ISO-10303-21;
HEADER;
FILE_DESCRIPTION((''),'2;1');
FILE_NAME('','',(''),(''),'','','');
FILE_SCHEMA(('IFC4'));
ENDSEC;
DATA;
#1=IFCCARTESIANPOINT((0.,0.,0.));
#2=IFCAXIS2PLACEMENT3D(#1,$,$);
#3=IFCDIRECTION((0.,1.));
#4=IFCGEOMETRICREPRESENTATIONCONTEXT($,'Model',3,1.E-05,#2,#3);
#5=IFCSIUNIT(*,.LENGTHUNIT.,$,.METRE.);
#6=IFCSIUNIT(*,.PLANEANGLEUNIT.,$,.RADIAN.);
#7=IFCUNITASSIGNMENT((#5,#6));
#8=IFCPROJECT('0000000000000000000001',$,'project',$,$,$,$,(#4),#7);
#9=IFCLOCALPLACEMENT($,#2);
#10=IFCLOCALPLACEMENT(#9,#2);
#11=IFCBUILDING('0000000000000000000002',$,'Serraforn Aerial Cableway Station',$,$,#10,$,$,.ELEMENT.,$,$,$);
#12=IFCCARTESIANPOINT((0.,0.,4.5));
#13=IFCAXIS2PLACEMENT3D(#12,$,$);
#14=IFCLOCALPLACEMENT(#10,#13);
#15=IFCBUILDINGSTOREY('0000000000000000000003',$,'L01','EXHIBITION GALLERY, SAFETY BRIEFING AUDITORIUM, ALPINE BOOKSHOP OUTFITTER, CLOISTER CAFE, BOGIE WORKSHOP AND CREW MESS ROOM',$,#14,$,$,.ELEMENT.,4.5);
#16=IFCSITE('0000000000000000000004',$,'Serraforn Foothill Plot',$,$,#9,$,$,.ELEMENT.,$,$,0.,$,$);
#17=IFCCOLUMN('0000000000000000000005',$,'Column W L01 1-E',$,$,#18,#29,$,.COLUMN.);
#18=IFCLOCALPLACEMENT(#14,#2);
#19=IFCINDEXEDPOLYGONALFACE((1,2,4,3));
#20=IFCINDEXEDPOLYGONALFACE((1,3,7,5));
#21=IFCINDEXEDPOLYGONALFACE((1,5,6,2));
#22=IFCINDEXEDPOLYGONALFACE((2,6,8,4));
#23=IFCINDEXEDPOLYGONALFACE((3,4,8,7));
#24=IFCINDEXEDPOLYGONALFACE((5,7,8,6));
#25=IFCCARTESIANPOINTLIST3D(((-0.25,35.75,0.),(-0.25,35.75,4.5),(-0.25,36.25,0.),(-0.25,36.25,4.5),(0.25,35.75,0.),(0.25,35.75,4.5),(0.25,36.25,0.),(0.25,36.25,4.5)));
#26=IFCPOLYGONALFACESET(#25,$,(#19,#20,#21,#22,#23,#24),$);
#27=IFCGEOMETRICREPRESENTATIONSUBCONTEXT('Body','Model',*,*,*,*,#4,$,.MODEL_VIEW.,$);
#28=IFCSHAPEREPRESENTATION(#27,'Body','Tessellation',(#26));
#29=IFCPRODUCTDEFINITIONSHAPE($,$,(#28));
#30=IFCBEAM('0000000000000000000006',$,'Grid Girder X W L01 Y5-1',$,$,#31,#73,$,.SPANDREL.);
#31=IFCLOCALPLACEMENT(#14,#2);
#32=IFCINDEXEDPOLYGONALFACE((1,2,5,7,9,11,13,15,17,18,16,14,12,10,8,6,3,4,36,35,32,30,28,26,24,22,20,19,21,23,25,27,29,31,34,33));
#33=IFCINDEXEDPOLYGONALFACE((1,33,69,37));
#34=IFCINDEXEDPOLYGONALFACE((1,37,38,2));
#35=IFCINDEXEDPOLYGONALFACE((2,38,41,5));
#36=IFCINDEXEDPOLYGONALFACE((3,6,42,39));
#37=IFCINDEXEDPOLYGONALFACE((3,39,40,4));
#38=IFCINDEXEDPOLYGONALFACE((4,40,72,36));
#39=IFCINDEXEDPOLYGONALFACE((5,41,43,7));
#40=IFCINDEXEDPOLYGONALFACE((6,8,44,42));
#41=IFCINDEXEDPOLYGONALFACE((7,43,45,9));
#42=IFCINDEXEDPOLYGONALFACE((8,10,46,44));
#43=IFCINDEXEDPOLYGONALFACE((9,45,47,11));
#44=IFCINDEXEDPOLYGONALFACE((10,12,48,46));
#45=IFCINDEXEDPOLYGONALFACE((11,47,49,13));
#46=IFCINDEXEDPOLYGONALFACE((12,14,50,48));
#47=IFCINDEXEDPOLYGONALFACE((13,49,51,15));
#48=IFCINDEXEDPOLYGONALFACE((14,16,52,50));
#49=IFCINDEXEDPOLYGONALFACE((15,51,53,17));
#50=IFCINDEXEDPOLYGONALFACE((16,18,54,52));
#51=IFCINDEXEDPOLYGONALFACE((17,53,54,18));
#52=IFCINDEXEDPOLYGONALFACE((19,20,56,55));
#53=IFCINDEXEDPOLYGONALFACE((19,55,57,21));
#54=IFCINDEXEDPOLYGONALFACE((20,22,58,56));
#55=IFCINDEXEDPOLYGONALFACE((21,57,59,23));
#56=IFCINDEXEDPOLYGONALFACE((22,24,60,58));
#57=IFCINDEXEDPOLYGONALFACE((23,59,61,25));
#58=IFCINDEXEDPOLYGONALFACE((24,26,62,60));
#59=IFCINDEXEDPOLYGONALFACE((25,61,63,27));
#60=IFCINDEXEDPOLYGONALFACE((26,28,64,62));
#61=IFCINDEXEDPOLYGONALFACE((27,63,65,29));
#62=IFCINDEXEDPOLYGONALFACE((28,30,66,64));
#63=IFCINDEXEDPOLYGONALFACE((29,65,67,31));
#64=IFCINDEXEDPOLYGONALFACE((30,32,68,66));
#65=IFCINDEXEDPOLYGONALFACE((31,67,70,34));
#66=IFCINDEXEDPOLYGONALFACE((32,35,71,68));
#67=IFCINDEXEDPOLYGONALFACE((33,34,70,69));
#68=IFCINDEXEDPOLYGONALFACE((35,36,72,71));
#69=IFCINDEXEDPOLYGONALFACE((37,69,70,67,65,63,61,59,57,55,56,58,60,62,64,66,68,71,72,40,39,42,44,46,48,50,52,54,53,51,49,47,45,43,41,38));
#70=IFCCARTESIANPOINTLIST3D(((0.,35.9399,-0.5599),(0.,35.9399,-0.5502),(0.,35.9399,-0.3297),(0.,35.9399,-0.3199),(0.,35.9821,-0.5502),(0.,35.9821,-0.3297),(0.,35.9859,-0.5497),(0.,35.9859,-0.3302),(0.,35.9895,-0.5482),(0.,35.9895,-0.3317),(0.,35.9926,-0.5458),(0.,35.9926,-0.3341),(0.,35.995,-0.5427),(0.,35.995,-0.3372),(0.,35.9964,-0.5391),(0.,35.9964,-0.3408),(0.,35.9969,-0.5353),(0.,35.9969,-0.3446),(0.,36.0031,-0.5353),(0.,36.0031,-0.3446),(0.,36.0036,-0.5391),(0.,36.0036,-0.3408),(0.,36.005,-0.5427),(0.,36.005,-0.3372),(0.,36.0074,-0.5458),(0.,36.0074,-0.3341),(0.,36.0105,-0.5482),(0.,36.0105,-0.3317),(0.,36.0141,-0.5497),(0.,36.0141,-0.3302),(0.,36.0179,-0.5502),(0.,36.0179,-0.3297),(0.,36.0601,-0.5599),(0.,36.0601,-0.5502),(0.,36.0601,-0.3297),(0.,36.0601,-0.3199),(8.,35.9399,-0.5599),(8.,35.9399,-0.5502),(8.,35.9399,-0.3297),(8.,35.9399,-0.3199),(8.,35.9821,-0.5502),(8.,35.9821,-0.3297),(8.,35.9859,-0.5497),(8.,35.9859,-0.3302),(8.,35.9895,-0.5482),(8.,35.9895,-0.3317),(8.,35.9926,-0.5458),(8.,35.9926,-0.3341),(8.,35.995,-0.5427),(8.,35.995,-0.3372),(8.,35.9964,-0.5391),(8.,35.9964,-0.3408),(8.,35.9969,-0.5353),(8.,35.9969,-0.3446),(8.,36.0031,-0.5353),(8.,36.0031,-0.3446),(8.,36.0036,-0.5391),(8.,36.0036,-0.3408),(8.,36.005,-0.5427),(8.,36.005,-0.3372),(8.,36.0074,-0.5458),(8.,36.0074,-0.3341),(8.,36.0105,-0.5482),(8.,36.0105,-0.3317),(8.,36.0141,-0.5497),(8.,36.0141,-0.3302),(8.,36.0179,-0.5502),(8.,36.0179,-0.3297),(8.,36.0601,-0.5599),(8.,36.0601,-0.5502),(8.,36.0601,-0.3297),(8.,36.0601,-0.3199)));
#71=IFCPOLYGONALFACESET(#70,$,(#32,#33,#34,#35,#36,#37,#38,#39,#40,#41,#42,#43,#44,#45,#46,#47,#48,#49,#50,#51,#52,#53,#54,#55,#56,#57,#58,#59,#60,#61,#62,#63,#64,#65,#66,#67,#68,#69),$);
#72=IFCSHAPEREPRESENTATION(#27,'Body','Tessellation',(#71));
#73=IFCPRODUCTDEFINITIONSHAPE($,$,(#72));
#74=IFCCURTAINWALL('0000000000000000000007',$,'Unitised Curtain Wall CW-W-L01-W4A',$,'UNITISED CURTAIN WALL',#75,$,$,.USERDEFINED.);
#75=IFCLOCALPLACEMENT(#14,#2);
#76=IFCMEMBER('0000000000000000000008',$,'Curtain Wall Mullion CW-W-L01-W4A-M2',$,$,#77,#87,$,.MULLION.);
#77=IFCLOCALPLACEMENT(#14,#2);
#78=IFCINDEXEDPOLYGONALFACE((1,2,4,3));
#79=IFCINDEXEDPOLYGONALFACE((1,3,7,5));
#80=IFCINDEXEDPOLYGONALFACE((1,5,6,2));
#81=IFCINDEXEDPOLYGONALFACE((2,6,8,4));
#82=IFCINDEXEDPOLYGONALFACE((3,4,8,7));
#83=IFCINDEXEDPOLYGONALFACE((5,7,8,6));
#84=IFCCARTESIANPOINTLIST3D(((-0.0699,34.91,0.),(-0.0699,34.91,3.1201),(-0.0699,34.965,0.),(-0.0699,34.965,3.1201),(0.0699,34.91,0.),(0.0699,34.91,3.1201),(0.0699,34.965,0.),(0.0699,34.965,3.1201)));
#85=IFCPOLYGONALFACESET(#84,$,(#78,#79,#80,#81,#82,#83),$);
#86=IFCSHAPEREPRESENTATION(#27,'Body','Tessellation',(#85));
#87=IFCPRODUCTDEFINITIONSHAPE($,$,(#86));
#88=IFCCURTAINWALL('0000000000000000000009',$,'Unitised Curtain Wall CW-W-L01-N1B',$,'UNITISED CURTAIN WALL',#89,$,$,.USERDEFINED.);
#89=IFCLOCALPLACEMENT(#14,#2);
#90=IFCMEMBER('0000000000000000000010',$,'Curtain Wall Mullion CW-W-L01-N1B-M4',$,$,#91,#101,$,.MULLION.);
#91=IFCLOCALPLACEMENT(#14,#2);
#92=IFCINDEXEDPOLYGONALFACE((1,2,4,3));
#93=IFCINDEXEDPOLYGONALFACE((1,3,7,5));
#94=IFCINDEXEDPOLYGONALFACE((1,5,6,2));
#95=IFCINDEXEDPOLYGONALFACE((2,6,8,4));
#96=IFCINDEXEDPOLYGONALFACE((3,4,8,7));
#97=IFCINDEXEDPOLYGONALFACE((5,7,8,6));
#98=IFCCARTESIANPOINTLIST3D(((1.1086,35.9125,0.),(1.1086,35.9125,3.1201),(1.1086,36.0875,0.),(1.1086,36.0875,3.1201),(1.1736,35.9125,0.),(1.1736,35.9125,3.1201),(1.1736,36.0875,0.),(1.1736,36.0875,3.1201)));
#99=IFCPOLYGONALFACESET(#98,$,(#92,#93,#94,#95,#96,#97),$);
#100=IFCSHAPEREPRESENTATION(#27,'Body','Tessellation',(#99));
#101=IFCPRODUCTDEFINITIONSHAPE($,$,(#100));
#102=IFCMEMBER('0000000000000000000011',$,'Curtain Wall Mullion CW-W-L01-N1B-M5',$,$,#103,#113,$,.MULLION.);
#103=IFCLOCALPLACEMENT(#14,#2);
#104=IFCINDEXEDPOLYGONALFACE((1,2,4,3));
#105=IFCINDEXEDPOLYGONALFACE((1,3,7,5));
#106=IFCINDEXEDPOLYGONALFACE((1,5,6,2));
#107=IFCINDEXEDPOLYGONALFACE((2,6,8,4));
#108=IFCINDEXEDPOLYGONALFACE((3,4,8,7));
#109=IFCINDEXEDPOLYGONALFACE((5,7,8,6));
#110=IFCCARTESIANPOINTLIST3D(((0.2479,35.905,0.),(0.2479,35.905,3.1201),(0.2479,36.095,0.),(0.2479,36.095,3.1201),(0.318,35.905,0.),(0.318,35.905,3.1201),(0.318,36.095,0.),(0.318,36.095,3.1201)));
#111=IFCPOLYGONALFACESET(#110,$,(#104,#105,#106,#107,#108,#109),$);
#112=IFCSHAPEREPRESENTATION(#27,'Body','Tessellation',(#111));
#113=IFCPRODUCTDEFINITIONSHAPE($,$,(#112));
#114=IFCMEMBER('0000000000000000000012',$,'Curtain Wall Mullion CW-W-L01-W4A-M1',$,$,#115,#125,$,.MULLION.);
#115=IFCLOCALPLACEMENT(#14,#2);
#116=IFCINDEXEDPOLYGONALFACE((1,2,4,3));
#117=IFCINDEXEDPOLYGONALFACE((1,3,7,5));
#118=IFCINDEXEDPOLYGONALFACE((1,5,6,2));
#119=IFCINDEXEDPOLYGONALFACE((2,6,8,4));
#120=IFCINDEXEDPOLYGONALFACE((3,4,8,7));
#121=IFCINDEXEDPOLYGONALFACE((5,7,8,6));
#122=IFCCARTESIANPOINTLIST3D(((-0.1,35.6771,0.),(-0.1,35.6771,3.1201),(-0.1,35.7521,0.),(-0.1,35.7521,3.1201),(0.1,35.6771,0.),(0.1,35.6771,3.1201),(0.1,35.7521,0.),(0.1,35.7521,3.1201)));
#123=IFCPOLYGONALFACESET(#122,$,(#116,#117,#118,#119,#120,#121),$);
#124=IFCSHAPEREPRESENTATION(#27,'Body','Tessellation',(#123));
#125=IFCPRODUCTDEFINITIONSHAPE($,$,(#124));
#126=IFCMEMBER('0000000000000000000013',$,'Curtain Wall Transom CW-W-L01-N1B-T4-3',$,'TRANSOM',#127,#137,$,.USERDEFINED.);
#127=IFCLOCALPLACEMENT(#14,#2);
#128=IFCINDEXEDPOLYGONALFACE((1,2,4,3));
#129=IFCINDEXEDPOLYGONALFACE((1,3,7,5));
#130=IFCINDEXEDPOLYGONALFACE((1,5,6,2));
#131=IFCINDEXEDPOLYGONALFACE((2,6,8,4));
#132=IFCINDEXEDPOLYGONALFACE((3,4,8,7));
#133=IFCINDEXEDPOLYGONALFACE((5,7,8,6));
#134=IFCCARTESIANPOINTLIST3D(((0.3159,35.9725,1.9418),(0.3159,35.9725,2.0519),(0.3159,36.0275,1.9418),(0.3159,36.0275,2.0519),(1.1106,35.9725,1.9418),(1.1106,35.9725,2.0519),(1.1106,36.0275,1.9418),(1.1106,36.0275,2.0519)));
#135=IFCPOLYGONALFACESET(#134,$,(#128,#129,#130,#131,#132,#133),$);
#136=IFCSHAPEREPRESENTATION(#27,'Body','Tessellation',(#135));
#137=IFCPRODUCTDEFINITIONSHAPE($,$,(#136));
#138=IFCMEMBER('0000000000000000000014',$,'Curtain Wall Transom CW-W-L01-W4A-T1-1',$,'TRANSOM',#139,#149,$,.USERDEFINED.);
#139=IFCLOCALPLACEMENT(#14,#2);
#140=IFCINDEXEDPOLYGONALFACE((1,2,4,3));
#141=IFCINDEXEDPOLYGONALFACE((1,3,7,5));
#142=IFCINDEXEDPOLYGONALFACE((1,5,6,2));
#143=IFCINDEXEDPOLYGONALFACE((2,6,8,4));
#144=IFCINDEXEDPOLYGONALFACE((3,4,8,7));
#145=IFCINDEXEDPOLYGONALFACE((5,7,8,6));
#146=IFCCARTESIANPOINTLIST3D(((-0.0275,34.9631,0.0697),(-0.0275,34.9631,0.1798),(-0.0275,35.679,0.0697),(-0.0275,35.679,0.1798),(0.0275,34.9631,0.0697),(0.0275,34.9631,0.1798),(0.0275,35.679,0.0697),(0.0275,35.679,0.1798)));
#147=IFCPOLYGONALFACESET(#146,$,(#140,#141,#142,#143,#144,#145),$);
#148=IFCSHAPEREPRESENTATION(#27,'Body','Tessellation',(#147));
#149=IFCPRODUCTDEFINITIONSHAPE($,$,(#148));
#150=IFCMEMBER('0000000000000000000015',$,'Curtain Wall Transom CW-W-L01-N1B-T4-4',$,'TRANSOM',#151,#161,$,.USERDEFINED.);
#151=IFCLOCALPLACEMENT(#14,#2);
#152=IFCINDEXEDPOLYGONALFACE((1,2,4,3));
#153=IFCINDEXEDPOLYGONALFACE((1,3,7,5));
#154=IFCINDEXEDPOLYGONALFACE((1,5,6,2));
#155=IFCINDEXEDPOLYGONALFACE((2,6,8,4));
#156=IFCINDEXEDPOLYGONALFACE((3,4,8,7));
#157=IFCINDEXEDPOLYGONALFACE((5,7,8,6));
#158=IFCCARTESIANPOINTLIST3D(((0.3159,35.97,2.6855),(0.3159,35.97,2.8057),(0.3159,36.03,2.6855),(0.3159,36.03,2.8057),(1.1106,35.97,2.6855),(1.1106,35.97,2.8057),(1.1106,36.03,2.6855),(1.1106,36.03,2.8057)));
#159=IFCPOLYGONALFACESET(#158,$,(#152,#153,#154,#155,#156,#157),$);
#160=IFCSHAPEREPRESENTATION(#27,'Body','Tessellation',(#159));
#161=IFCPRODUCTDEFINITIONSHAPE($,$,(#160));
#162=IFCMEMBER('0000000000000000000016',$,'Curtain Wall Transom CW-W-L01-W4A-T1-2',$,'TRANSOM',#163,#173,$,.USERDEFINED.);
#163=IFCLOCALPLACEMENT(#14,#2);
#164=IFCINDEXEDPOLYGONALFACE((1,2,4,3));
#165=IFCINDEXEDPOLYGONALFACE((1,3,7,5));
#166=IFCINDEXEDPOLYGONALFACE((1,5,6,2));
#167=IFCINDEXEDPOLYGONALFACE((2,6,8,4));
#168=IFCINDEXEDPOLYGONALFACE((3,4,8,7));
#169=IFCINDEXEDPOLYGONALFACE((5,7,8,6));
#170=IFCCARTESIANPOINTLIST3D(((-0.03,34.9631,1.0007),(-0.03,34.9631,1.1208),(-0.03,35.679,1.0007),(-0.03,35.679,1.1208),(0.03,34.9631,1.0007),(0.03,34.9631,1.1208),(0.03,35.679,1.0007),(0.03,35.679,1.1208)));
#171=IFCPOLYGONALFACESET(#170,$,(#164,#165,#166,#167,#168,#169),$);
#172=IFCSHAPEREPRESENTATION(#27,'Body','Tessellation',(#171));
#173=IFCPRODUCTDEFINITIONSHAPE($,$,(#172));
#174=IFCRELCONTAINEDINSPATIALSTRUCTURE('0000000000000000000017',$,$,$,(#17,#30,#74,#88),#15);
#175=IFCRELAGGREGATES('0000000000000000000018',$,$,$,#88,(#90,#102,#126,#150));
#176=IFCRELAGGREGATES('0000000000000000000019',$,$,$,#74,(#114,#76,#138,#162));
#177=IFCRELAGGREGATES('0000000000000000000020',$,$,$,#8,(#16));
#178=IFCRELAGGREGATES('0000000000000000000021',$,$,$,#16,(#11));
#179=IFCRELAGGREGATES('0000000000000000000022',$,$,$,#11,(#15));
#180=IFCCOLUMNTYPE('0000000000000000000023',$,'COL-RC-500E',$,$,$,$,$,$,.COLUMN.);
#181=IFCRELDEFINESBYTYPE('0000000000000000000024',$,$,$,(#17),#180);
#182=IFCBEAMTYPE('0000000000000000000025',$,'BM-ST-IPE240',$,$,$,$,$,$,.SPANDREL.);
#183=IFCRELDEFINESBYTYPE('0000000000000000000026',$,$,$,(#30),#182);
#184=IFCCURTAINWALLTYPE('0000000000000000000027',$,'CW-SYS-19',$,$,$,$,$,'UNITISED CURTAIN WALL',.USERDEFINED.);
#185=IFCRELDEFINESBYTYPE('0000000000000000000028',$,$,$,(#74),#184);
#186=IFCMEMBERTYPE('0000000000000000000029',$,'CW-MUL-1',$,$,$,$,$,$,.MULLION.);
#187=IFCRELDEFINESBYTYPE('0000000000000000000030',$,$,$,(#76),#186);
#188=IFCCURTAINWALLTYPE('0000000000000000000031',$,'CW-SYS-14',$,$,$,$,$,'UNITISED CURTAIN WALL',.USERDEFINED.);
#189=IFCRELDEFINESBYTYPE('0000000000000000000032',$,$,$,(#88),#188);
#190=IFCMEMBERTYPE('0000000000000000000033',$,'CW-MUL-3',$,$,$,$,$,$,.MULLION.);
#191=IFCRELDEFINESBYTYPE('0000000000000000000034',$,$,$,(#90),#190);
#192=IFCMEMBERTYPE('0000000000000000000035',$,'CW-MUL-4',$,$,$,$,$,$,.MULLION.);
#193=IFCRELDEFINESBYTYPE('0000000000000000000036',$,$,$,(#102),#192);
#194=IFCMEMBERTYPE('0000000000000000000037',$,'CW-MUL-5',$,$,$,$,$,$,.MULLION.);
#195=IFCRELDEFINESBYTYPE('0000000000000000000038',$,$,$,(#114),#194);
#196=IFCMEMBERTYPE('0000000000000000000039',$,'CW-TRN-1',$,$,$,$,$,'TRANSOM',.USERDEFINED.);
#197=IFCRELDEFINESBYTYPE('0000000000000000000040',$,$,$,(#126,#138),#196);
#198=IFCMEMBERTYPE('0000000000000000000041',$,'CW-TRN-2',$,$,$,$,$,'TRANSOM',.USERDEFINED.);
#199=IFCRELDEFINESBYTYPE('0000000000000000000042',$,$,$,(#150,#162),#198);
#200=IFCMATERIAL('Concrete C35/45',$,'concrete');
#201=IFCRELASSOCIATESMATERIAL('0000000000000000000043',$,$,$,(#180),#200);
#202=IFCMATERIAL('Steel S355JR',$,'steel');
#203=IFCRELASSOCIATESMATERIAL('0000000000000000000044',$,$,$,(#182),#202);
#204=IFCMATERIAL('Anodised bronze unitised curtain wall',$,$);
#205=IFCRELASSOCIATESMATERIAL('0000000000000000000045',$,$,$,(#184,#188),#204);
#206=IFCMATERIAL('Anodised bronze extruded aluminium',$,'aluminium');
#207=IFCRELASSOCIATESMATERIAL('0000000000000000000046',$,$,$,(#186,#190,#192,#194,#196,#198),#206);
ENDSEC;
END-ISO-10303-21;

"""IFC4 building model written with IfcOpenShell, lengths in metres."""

from ifc_helpers import new_model, si_unit, direction, frame, origin, origin_2d, place, context, subcontext, project, spatial, rectangle, i_section, extrude, material, material_profile, profile_set, type_object, element, aggregate, save


model = new_model("IFC4")

# Units and contexts
model_context = context("Model", 3, precision=1e-05, world=origin(), true_north=direction((0.0, 1.0)))
body_context = subcontext(model_context, "Body", "Model", "MODEL_VIEW")
ifc_project = project(units=[si_unit("LENGTHUNIT", "METRE"), si_unit("PLANEANGLEUNIT", "RADIAN")], contexts=[model_context])

# Site, building, storey
site_placement = place(None, origin())
site = spatial("IfcSite", under=ifc_project, at=site_placement, Name="Serraforn Foothill Plot", CompositionType="ELEMENT", RefElevation=0.0)
building_placement = place(site_placement, origin())
building = spatial("IfcBuilding", under=site, at=building_placement, Name="Serraforn Aerial Cableway Station", CompositionType="ELEMENT")
storey_placement = place(building_placement, frame((0.0, 0.0, 4.5)))
storey = spatial("IfcBuildingStorey", under=building, at=storey_placement, Name="L01", Description="EXHIBITION GALLERY, SAFETY BRIEFING AUDITORIUM, ALPINE BOOKSHOP OUTFITTER, CLOISTER CAFE, BOGIE WORKSHOP AND CREW MESS ROOM", CompositionType="ELEMENT", Elevation=4.5)

# Column
ifc_material_1 = material(Name="Concrete C35/45", Category="concrete")
ifc_material_profile_1 = material_profile(ifc_material_1, rectangle(XDim=0.5, YDim=0.5, at=origin_2d()), Name="RC 500x500")
ifc_profile_set_1 = profile_set([ifc_material_profile_1], Name="Concrete C35/45")
column_type = type_object("IfcColumnType", Name="COL-RC-500E", PredefinedType="COLUMN", material=ifc_profile_set_1)
column_placement = place(storey_placement, frame((0.0, 36.0, 0.0), z_axis=(0.0, 0.0, 1.0), x_axis=(1.0, 0.0, 0.0)))
element("IfcColumn", 1, at=column_placement, inside=storey, type_object=column_type, Name="Column W L01 1-E", PredefinedType="COLUMN", context=body_context, shape_type="SweptSolid", body=[
    extrude(rectangle(XDim=0.5, YDim=0.5, at=origin_2d()), origin(), (0.0, 0.0, 1.0), 4.5),
])

# Beam
ifc_material_2 = material(Name="Steel S355JR", Category="steel")
ifc_material_profile_2 = material_profile(ifc_material_2, i_section(OverallWidth=0.1201, OverallDepth=0.24, WebThickness=0.0061, FlangeThickness=0.0098, FilletRadius=0.0149, at=origin_2d()), Name="IPE 240")
ifc_profile_set_2 = profile_set([ifc_material_profile_2], Name="Steel S355JR")
beam_type = type_object("IfcBeamType", Name="BM-ST-IPE240", PredefinedType="SPANDREL", material=ifc_profile_set_2)
beam_placement = place(storey_placement, frame((0.0, 36.0, -0.4399), z_axis=(1.0, 0.0, 0.0), x_axis=(0.0, 1.0, 0.0)))
element("IfcBeam", 2, at=beam_placement, inside=storey, type_object=beam_type, Name="Grid Girder X W L01 Y5-1", PredefinedType="SPANDREL", context=body_context, shape_type="SweptSolid", body=[
    extrude(i_section(OverallWidth=0.1201, OverallDepth=0.24, WebThickness=0.0061, FlangeThickness=0.0098, FilletRadius=0.0149, at=origin_2d()), origin(), (0.0, 0.0, 1.0), 8.0),
])

# Curtain wall, member
ifc_material_3 = material(Name="Anodised bronze unitised curtain wall")
curtain_wall_type_1 = type_object("IfcCurtainWallType", Name="CW-SYS-19", ElementType="UNITISED CURTAIN WALL", PredefinedType="USERDEFINED", material=ifc_material_3)
curtain_wall_1_placement = place(storey_placement, origin())
curtain_wall_1 = element("IfcCurtainWall", 3, at=curtain_wall_1_placement, inside=storey, type_object=curtain_wall_type_1, Name="Unitised Curtain Wall CW-W-L01-W4A", ObjectType="UNITISED CURTAIN WALL", PredefinedType="USERDEFINED")
ifc_material_4 = material(Name="Anodised bronze extruded aluminium", Category="aluminium")
ifc_material_profile_3 = material_profile(ifc_material_4, rectangle(XDim=0.0549, YDim=0.1399, at=origin_2d()), Name="CW MULLION 55x140")
ifc_profile_set_3 = profile_set([ifc_material_profile_3], Name="Anodised bronze extruded aluminium")
member_type_1 = type_object("IfcMemberType", Name="CW-MUL-1", PredefinedType="MULLION", material=ifc_profile_set_3)
member_1_placement = place(storey_placement, frame((0.0, 34.9375, 0.0), z_axis=(0.0, 0.0, 1.0), x_axis=(0.0, -1.0, 0.0)))
member_1 = element("IfcMember", 4, at=member_1_placement, type_object=member_type_1, Name="Curtain Wall Mullion CW-W-L01-W4A-M2", PredefinedType="MULLION", context=body_context, shape_type="SweptSolid", body=[
    extrude(rectangle(XDim=0.0549, YDim=0.1399, at=origin_2d()), origin(), (0.0, 0.0, 1.0), 3.1201),
])

# Curtain wall, members
curtain_wall_type_2 = type_object("IfcCurtainWallType", Name="CW-SYS-14", ElementType="UNITISED CURTAIN WALL", PredefinedType="USERDEFINED", material=ifc_material_3)
curtain_wall_2_placement = place(storey_placement, origin())
curtain_wall_2 = element("IfcCurtainWall", 5, at=curtain_wall_2_placement, inside=storey, type_object=curtain_wall_type_2, Name="Unitised Curtain Wall CW-W-L01-N1B", ObjectType="UNITISED CURTAIN WALL", PredefinedType="USERDEFINED")
ifc_material_profile_4 = material_profile(ifc_material_4, rectangle(XDim=0.0649, YDim=0.175, at=origin_2d()), Name="CW MULLION 65x175")
ifc_profile_set_4 = profile_set([ifc_material_profile_4], Name="Anodised bronze extruded aluminium")
member_type_2 = type_object("IfcMemberType", Name="CW-MUL-3", PredefinedType="MULLION", material=ifc_profile_set_4)
member_2_placement = place(storey_placement, frame((1.1411, 36.0, 0.0), z_axis=(0.0, 0.0, 1.0), x_axis=(-1.0, 0.0, 0.0)))
member_2 = element("IfcMember", 6, at=member_2_placement, type_object=member_type_2, Name="Curtain Wall Mullion CW-W-L01-N1B-M4", PredefinedType="MULLION", context=body_context, shape_type="SweptSolid", body=[
    extrude(rectangle(XDim=0.0649, YDim=0.175, at=origin_2d()), origin(), (0.0, 0.0, 1.0), 3.1201),
])
ifc_material_profile_5 = material_profile(ifc_material_4, rectangle(XDim=0.0701, YDim=0.1899, at=origin_2d()), Name="CW MULLION 70x190")
ifc_profile_set_5 = profile_set([ifc_material_profile_5], Name="Anodised bronze extruded aluminium")
member_type_3 = type_object("IfcMemberType", Name="CW-MUL-4", PredefinedType="MULLION", material=ifc_profile_set_5)
member_3_placement = place(storey_placement, frame((0.283, 36.0, 0.0), z_axis=(0.0, 0.0, 1.0), x_axis=(-1.0, 0.0, 0.0)))
member_3 = element("IfcMember", 7, at=member_3_placement, type_object=member_type_3, Name="Curtain Wall Mullion CW-W-L01-N1B-M5", PredefinedType="MULLION", context=body_context, shape_type="SweptSolid", body=[
    extrude(rectangle(XDim=0.0701, YDim=0.1899, at=origin_2d()), origin(), (0.0, 0.0, 1.0), 3.1201),
])

# Members
ifc_material_profile_6 = material_profile(ifc_material_4, rectangle(XDim=0.075, YDim=0.2, at=origin_2d()), Name="CW MULLION 75x200")
ifc_profile_set_6 = profile_set([ifc_material_profile_6], Name="Anodised bronze extruded aluminium")
member_type_4 = type_object("IfcMemberType", Name="CW-MUL-5", PredefinedType="MULLION", material=ifc_profile_set_6)
member_4_placement = place(storey_placement, frame((0.0, 35.7146, 0.0), z_axis=(0.0, 0.0, 1.0), x_axis=(0.0, -1.0, 0.0)))
member_4 = element("IfcMember", 8, at=member_4_placement, type_object=member_type_4, Name="Curtain Wall Mullion CW-W-L01-W4A-M1", PredefinedType="MULLION", context=body_context, shape_type="SweptSolid", body=[
    extrude(rectangle(XDim=0.075, YDim=0.2, at=origin_2d()), origin(), (0.0, 0.0, 1.0), 3.1201),
])
ifc_material_profile_7 = material_profile(ifc_material_4, rectangle(XDim=0.0549, YDim=0.1101, at=origin_2d()), Name="CW TRANSOM 55x110")
ifc_profile_set_7 = profile_set([ifc_material_profile_7], Name="Anodised bronze extruded aluminium")
member_type_5 = type_object("IfcMemberType", Name="CW-TRN-1", ElementType="TRANSOM", PredefinedType="USERDEFINED", material=ifc_profile_set_7)
member_5_placement = place(storey_placement, frame((1.1106, 36.0, 1.9968), z_axis=(-1.0, 0.0, 0.0), x_axis=(0.0, -1.0, 0.0)))
member_5 = element("IfcMember", 9, at=member_5_placement, type_object=member_type_5, Name="Curtain Wall Transom CW-W-L01-N1B-T4-3", ObjectType="TRANSOM", PredefinedType="USERDEFINED", context=body_context, shape_type="SweptSolid", body=[
    extrude(rectangle(XDim=0.0549, YDim=0.1101, at=origin_2d()), origin(), (0.0, 0.0, 1.0), 0.7947),
])
member_6_placement = place(storey_placement, frame((0.0, 35.679, 0.1248), z_axis=(0.0, -1.0, 0.0), x_axis=(1.0, 0.0, 0.0)))
member_6 = element("IfcMember", 10, at=member_6_placement, type_object=member_type_5, Name="Curtain Wall Transom CW-W-L01-W4A-T1-1", ObjectType="TRANSOM", PredefinedType="USERDEFINED", context=body_context, shape_type="SweptSolid", body=[
    extrude(rectangle(XDim=0.0549, YDim=0.1101, at=origin_2d()), origin(), (0.0, 0.0, 1.0), 0.7158),
])
ifc_material_profile_8 = material_profile(ifc_material_4, rectangle(XDim=0.0601, YDim=0.1201, at=origin_2d()), Name="CW TRANSOM 60x120")
ifc_profile_set_8 = profile_set([ifc_material_profile_8], Name="Anodised bronze extruded aluminium")
member_type_6 = type_object("IfcMemberType", Name="CW-TRN-2", ElementType="TRANSOM", PredefinedType="USERDEFINED", material=ifc_profile_set_8)
member_7_placement = place(storey_placement, frame((1.1106, 36.0, 2.7456), z_axis=(-1.0, 0.0, 0.0), x_axis=(0.0, -1.0, 0.0)))
member_7 = element("IfcMember", 11, at=member_7_placement, type_object=member_type_6, Name="Curtain Wall Transom CW-W-L01-N1B-T4-4", ObjectType="TRANSOM", PredefinedType="USERDEFINED", context=body_context, shape_type="SweptSolid", body=[
    extrude(rectangle(XDim=0.0601, YDim=0.1201, at=origin_2d()), origin(), (0.0, 0.0, 1.0), 0.7947),
])
member_8_placement = place(storey_placement, frame((0.0, 35.679, 1.0608), z_axis=(0.0, -1.0, 0.0), x_axis=(1.0, 0.0, 0.0)))
member_8 = element("IfcMember", 12, at=member_8_placement, type_object=member_type_6, Name="Curtain Wall Transom CW-W-L01-W4A-T1-2", ObjectType="TRANSOM", PredefinedType="USERDEFINED", context=body_context, shape_type="SweptSolid", body=[
    extrude(rectangle(XDim=0.0601, YDim=0.1201, at=origin_2d()), origin(), (0.0, 0.0, 1.0), 0.7158),
])

aggregate(curtain_wall_2, [member_2, member_3, member_5, member_7])
aggregate(curtain_wall_1, [member_4, member_1, member_6, member_8])

save(model, "model.ifc")
